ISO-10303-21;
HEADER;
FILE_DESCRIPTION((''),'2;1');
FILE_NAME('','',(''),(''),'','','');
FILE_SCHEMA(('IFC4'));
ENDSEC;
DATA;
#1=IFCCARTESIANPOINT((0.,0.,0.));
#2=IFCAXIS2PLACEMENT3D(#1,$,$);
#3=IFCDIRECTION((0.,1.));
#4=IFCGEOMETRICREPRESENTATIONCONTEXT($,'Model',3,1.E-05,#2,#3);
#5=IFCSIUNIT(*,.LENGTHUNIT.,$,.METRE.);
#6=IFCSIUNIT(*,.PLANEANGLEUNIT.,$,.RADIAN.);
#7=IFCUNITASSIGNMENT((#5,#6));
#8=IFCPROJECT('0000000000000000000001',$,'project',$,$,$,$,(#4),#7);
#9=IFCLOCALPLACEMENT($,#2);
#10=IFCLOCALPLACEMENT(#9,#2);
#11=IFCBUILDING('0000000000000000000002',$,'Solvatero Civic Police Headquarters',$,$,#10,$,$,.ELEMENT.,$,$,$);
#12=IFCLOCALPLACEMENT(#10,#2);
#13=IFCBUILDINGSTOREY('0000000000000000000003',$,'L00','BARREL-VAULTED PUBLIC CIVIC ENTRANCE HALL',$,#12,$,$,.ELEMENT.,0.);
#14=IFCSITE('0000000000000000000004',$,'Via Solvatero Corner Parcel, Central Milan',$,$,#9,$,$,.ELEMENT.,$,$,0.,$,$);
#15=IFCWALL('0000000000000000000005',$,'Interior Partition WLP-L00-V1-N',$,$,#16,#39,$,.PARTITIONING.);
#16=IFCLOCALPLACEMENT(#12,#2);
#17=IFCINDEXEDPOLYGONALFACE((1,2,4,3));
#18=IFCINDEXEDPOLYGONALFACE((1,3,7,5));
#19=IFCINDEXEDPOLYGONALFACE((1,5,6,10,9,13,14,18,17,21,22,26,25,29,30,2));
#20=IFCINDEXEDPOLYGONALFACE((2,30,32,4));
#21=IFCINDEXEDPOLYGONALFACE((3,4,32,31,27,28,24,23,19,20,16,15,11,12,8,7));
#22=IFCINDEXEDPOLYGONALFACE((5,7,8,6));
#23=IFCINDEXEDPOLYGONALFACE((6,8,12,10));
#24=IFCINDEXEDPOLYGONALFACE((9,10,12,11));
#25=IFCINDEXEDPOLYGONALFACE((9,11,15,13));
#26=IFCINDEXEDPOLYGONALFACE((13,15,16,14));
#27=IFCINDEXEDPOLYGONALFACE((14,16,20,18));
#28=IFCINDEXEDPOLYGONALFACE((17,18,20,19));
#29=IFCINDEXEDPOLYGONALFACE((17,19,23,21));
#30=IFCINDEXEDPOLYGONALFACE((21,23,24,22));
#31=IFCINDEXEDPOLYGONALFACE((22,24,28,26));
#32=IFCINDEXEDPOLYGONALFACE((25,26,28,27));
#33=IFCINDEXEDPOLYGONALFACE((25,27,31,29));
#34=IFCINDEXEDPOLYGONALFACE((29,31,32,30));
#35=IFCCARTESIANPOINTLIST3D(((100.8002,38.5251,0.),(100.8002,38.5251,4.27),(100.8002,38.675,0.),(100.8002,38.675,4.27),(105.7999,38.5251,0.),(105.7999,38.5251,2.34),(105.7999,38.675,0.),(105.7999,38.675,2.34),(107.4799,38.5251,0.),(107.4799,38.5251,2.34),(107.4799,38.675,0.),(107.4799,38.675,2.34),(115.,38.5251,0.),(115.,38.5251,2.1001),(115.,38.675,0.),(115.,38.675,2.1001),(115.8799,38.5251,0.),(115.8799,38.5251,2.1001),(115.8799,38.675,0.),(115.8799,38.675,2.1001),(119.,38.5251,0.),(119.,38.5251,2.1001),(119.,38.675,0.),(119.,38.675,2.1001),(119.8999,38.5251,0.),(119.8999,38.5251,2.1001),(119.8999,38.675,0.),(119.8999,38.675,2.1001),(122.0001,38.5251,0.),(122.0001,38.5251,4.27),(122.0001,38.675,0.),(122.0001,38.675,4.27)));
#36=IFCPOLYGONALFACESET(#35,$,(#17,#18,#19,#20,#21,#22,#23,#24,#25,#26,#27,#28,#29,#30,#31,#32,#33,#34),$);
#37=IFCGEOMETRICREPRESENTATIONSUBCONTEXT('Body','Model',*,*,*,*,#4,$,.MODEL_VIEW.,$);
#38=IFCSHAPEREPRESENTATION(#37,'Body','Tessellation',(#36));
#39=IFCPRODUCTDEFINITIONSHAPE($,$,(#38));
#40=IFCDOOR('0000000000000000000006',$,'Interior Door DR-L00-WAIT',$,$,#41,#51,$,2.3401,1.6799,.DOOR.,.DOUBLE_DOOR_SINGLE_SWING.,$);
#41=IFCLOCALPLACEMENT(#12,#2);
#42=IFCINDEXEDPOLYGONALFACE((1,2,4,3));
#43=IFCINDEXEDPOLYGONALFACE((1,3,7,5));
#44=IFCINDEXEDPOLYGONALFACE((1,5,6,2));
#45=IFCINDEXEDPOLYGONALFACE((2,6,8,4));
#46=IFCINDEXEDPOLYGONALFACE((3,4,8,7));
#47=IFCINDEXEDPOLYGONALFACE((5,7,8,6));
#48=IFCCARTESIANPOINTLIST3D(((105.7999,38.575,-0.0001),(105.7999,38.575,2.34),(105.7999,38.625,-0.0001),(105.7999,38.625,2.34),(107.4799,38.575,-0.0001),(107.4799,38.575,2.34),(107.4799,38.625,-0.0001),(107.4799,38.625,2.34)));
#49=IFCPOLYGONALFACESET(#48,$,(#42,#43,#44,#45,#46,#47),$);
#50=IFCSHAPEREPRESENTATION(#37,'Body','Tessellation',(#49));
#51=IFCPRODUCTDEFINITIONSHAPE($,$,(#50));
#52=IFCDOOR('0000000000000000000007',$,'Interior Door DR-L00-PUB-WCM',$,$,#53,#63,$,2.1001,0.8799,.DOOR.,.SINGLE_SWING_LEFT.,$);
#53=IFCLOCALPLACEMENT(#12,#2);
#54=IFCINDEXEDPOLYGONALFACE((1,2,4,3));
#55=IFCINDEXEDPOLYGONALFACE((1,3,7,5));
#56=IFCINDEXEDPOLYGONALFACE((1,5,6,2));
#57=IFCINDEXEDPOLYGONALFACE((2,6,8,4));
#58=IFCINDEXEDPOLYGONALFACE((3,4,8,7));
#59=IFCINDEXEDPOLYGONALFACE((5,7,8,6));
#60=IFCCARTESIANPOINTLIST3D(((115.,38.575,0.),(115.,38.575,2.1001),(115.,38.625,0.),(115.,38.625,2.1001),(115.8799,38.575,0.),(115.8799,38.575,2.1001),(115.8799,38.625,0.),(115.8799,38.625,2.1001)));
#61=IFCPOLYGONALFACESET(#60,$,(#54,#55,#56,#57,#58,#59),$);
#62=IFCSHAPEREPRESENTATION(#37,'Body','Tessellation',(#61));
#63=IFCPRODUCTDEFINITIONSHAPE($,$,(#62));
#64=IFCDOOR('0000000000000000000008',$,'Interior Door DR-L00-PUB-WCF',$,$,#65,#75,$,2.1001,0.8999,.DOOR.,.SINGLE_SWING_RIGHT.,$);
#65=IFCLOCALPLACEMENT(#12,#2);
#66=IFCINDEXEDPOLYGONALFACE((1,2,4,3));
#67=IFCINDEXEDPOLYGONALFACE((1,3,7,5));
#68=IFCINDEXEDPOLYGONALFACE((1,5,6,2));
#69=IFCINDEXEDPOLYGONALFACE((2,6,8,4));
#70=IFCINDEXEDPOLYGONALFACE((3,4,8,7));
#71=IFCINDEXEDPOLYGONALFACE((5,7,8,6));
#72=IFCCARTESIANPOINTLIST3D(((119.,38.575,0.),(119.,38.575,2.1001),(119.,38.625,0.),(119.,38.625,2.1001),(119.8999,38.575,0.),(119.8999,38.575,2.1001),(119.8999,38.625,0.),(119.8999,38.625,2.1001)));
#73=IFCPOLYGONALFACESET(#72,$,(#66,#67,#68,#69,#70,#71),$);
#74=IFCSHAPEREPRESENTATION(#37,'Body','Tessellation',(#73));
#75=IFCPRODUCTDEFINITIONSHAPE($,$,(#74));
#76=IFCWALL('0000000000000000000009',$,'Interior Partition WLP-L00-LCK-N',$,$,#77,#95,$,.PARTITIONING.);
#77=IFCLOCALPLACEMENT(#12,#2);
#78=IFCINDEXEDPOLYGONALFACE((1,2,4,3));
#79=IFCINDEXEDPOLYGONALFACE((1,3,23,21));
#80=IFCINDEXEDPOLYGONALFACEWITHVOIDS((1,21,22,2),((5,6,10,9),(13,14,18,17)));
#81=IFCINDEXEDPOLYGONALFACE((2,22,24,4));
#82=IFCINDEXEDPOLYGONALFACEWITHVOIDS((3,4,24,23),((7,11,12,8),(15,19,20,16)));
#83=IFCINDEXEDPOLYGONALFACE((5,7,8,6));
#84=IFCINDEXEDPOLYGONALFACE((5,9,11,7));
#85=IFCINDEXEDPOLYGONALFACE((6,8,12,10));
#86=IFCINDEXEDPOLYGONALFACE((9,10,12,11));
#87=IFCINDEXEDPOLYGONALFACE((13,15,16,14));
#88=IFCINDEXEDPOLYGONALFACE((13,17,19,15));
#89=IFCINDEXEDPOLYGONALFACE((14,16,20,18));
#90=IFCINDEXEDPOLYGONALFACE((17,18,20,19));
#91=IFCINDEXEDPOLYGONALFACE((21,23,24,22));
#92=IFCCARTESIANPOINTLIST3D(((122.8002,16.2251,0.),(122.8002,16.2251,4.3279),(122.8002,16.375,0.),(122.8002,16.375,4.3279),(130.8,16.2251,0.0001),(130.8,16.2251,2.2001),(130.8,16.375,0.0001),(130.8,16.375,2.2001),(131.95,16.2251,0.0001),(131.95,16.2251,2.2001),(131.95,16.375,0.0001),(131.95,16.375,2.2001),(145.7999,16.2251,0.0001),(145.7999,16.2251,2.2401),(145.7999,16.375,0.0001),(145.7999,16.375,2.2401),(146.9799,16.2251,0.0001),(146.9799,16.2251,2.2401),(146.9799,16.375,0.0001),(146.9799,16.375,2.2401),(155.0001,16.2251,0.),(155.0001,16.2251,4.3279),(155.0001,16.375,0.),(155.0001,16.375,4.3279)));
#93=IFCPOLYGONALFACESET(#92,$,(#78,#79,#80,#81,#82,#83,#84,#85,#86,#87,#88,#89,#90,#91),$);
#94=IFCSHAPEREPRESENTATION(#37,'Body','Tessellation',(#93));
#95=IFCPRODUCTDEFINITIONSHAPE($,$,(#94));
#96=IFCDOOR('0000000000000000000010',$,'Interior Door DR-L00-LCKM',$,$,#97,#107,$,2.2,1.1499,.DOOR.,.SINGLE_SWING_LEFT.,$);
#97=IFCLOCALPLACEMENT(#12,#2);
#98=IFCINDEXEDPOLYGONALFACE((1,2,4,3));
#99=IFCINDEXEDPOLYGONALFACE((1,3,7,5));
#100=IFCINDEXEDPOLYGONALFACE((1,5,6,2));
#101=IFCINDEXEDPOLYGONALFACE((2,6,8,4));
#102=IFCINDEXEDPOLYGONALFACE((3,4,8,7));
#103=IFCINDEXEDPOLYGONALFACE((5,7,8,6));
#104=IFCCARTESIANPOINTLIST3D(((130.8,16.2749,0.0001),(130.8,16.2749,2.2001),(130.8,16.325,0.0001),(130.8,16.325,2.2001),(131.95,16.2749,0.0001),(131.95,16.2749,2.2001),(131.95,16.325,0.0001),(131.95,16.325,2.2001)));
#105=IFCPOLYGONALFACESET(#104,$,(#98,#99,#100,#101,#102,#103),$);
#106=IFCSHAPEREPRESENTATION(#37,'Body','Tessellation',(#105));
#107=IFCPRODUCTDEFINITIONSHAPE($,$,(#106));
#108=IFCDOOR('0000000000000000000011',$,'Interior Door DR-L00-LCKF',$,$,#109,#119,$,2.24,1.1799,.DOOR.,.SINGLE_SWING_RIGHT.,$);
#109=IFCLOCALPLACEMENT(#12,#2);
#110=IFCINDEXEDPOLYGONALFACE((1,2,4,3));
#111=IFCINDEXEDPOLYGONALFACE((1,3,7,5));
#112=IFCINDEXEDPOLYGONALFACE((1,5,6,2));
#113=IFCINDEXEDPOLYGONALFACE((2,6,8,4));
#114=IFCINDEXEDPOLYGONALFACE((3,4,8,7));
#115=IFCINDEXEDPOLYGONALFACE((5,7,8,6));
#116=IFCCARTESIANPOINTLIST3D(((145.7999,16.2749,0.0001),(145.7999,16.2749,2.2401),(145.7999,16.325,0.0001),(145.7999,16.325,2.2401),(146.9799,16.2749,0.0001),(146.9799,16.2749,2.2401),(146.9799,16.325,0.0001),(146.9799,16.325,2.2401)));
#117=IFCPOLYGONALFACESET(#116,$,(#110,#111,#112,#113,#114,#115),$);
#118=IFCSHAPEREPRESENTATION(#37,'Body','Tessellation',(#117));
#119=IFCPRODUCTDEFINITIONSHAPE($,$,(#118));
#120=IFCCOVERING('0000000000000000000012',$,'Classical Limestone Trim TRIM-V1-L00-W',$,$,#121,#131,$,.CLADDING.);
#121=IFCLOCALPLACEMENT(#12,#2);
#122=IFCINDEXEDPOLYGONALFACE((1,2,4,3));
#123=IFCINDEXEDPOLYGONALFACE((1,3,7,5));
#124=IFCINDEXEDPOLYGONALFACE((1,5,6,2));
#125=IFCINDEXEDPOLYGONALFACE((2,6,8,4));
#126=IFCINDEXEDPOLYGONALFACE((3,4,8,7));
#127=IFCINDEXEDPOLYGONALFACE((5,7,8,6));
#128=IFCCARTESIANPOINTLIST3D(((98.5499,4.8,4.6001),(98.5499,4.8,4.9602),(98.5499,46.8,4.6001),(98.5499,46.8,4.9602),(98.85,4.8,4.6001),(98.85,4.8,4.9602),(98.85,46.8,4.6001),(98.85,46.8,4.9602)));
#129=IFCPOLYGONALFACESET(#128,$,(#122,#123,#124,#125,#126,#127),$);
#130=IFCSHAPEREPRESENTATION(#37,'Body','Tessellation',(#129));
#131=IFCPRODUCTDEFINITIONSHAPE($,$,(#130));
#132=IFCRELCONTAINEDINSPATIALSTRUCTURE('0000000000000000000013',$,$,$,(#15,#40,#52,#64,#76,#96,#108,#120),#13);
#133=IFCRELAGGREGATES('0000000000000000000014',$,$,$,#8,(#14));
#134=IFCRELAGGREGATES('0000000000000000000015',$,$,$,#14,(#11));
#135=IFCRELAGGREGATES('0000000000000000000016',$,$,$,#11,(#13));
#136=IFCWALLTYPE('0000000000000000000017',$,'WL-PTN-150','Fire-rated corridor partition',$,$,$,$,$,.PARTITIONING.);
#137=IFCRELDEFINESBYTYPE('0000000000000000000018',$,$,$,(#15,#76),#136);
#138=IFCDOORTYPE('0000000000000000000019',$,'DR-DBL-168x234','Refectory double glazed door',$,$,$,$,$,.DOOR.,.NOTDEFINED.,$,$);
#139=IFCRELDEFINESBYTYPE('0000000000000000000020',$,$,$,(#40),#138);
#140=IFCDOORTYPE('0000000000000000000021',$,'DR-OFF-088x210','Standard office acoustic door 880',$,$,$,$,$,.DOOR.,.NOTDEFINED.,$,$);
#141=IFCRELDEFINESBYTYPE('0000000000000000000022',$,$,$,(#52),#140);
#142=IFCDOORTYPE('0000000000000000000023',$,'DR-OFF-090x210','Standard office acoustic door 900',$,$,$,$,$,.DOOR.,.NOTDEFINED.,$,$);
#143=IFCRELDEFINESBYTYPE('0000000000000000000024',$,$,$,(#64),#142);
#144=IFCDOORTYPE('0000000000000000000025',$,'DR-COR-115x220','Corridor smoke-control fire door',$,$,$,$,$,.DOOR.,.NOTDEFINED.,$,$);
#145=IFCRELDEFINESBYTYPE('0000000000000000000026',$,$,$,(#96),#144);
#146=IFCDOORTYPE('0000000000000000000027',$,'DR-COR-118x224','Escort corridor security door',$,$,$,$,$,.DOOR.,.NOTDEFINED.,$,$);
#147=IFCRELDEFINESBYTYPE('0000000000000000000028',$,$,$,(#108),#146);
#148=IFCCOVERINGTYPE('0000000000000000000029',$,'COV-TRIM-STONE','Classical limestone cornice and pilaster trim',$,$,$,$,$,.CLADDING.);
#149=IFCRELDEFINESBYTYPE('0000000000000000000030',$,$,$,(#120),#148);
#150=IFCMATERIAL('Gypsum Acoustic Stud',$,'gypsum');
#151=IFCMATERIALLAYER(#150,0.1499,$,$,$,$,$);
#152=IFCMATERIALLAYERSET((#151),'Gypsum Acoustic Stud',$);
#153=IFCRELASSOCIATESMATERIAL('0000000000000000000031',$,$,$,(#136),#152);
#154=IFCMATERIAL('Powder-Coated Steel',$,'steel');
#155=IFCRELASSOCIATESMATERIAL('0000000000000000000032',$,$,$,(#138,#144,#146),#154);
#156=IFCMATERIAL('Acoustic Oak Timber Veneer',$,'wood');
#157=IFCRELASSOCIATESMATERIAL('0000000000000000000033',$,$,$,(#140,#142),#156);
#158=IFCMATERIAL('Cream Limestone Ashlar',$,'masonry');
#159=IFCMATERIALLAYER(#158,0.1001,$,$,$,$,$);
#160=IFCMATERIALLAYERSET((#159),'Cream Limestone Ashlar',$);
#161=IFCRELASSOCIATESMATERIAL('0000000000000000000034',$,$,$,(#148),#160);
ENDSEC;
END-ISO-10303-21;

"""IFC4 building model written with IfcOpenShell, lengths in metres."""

from ifc_helpers import new_model, si_unit, direction, frame, frame_2d, origin, origin_2d, place, context, subcontext, project, spatial, rectangle, extrude, material, layer, layer_set, type_object, element, fill, save


model = new_model("IFC4")

# Units and contexts
model_context = context("Model", 3, precision=1e-05, world=origin(), true_north=direction((0.0, 1.0)))
body_context = subcontext(model_context, "Body", "Model", "MODEL_VIEW")
ifc_project = project(units=[si_unit("LENGTHUNIT", "METRE"), si_unit("PLANEANGLEUNIT", "RADIAN")], contexts=[model_context])

# Site, building, storey
site_placement = place(None, origin())
site = spatial("IfcSite", under=ifc_project, at=site_placement, Name="Via Solvatero Corner Parcel, Central Milan", CompositionType="ELEMENT", RefElevation=0.0)
building_placement = place(site_placement, origin())
building = spatial("IfcBuilding", under=site, at=building_placement, Name="Solvatero Civic Police Headquarters", CompositionType="ELEMENT")
storey_placement = place(building_placement, origin())
storey = spatial("IfcBuildingStorey", under=building, at=storey_placement, Name="L00", Description="BARREL-VAULTED PUBLIC CIVIC ENTRANCE HALL", CompositionType="ELEMENT", Elevation=0.0)

# Walls, openings, doors
ifc_material_1 = material(Name="Gypsum Acoustic Stud", Category="gypsum")
ifc_layer_1 = layer(ifc_material_1, 0.1499)
ifc_layer_set_1 = layer_set([ifc_layer_1], Name="Gypsum Acoustic Stud")
wall_type = type_object("IfcWallType", Name="WL-PTN-150", Description="Fire-rated corridor partition", PredefinedType="PARTITIONING", material=ifc_layer_set_1)
wall_1_placement = place(storey_placement, frame((100.8, 38.6001, 0.0), z_axis=(0.0, 0.0, 1.0), x_axis=(1.0, 0.0, 0.0)))
wall_1 = element("IfcWall", 1, at=wall_1_placement, inside=storey, type_object=wall_type, Name="Interior Partition WLP-L00-V1-N", PredefinedType="PARTITIONING", context=body_context, shape_type="SweptSolid", body=[
    extrude(rectangle(XDim=21.2, YDim=0.1499, at=frame_2d((10.6001, 0.0))), origin(), (0.0, 0.0, 1.0), 4.27),
])
opening_1_placement = place(wall_1_placement, frame((5.0, 0.0, 0.0)))
opening_1 = element("IfcOpeningElement", 2, at=opening_1_placement, cuts=wall_1, PredefinedType="OPENING", context=body_context, shape_type="SweptSolid", body=[
    extrude(rectangle(XDim=1.6799, YDim=2.3401, at=frame_2d((0.8398, 1.1699))), frame((0.0, 0.085, 0.0), z_axis=(0.0, -1.0, 0.0), x_axis=(1.0, 0.0, 0.0)), (0.0, 0.0, 1.0), 0.1699),
])
opening_2_placement = place(wall_1_placement, frame((14.2, 0.0, 0.0)))
opening_2 = element("IfcOpeningElement", 3, at=opening_2_placement, cuts=wall_1, PredefinedType="OPENING", context=body_context, shape_type="SweptSolid", body=[
    extrude(rectangle(XDim=0.8799, YDim=2.1001, at=frame_2d((0.4399, 1.05))), frame((0.0, 0.085, 0.0), z_axis=(0.0, -1.0, 0.0), x_axis=(1.0, 0.0, 0.0)), (0.0, 0.0, 1.0), 0.1699),
])
opening_3_placement = place(wall_1_placement, frame((18.2, 0.0, 0.0)))
opening_3 = element("IfcOpeningElement", 4, at=opening_3_placement, cuts=wall_1, PredefinedType="OPENING", context=body_context, shape_type="SweptSolid", body=[
    extrude(rectangle(XDim=0.8999, YDim=2.1001, at=frame_2d((0.45, 1.05))), frame((0.0, 0.085, 0.0), z_axis=(0.0, -1.0, 0.0), x_axis=(1.0, 0.0, 0.0)), (0.0, 0.0, 1.0), 0.1699),
])
ifc_material_2 = material(Name="Powder-Coated Steel", Category="steel")
door_type_1 = type_object("IfcDoorType", Name="DR-DBL-168x234", Description="Refectory double glazed door", OperationType="NOTDEFINED", PredefinedType="DOOR", material=ifc_material_2)
door_1_placement = place(opening_1_placement, origin())
door_1 = element("IfcDoor", 5, at=door_1_placement, inside=storey, type_object=door_type_1, Name="Interior Door DR-L00-WAIT", OperationType="DOUBLE_DOOR_SINGLE_SWING", OverallHeight=2.3401, OverallWidth=1.6799, PredefinedType="DOOR", context=body_context, shape_type="SweptSolid", body=[
    extrude(rectangle(XDim=1.6799, YDim=2.3401, at=frame_2d((0.8398, 1.1699))), frame((0.0, 0.0249, 0.0), z_axis=(0.0, -1.0, 0.0), x_axis=(1.0, 0.0, 0.0)), (0.0, 0.0, 1.0), 0.05),
])
fill(opening_1, door_1)
ifc_material_3 = material(Name="Acoustic Oak Timber Veneer", Category="wood")
door_type_2 = type_object("IfcDoorType", Name="DR-OFF-088x210", Description="Standard office acoustic door 880", OperationType="NOTDEFINED", PredefinedType="DOOR", material=ifc_material_3)
door_2_placement = place(opening_2_placement, origin())
door_2 = element("IfcDoor", 6, at=door_2_placement, inside=storey, type_object=door_type_2, Name="Interior Door DR-L00-PUB-WCM", OperationType="SINGLE_SWING_LEFT", OverallHeight=2.1001, OverallWidth=0.8799, PredefinedType="DOOR", context=body_context, shape_type="SweptSolid", body=[
    extrude(rectangle(XDim=0.8799, YDim=2.1001, at=frame_2d((0.4399, 1.05))), frame((0.0, 0.0249, 0.0), z_axis=(0.0, -1.0, 0.0), x_axis=(1.0, 0.0, 0.0)), (0.0, 0.0, 1.0), 0.05),
])
fill(opening_2, door_2)
door_type_3 = type_object("IfcDoorType", Name="DR-OFF-090x210", Description="Standard office acoustic door 900", OperationType="NOTDEFINED", PredefinedType="DOOR", material=ifc_material_3)
door_3_placement = place(opening_3_placement, origin())
door_3 = element("IfcDoor", 7, at=door_3_placement, inside=storey, type_object=door_type_3, Name="Interior Door DR-L00-PUB-WCF", OperationType="SINGLE_SWING_RIGHT", OverallHeight=2.1001, OverallWidth=0.8999, PredefinedType="DOOR", context=body_context, shape_type="SweptSolid", body=[
    extrude(rectangle(XDim=0.8999, YDim=2.1001, at=frame_2d((0.45, 1.05))), frame((0.0, 0.0249, 0.0), z_axis=(0.0, -1.0, 0.0), x_axis=(1.0, 0.0, 0.0)), (0.0, 0.0, 1.0), 0.05),
])
fill(opening_3, door_3)
wall_2_placement = place(storey_placement, frame((122.8, 16.3, 0.0), z_axis=(0.0, 0.0, 1.0), x_axis=(1.0, 0.0, 0.0)))
wall_2 = element("IfcWall", 8, at=wall_2_placement, inside=storey, type_object=wall_type, Name="Interior Partition WLP-L00-LCK-N", PredefinedType="PARTITIONING", context=body_context, shape_type="SweptSolid", body=[
    extrude(rectangle(XDim=32.2, YDim=0.1499, at=frame_2d((16.1001, 0.0))), origin(), (0.0, 0.0, 1.0), 4.3279),
])
opening_4_placement = place(wall_2_placement, frame((8.0, 0.0, 0.0)))
opening_4 = element("IfcOpeningElement", 9, at=opening_4_placement, cuts=wall_2, PredefinedType="OPENING", context=body_context, shape_type="SweptSolid", body=[
    extrude(rectangle(XDim=1.1499, YDim=2.2, at=frame_2d((0.575, 1.1001))), frame((0.0, 0.085, 0.0), z_axis=(0.0, -1.0, 0.0), x_axis=(1.0, 0.0, 0.0)), (0.0, 0.0, 1.0), 0.1699),
])
opening_5_placement = place(wall_2_placement, frame((23.0, 0.0, 0.0)))
opening_5 = element("IfcOpeningElement", 10, at=opening_5_placement, cuts=wall_2, PredefinedType="OPENING", context=body_context, shape_type="SweptSolid", body=[
    extrude(rectangle(XDim=1.1799, YDim=2.24, at=frame_2d((0.5898, 1.1201))), frame((0.0, 0.085, 0.0), z_axis=(0.0, -1.0, 0.0), x_axis=(1.0, 0.0, 0.0)), (0.0, 0.0, 1.0), 0.1699),
])
door_type_4 = type_object("IfcDoorType", Name="DR-COR-115x220", Description="Corridor smoke-control fire door", OperationType="NOTDEFINED", PredefinedType="DOOR", material=ifc_material_2)
door_4_placement = place(opening_4_placement, origin())
door_4 = element("IfcDoor", 11, at=door_4_placement, inside=storey, type_object=door_type_4, Name="Interior Door DR-L00-LCKM", OperationType="SINGLE_SWING_LEFT", OverallHeight=2.2, OverallWidth=1.1499, PredefinedType="DOOR", context=body_context, shape_type="SweptSolid", body=[
    extrude(rectangle(XDim=1.1499, YDim=2.2, at=frame_2d((0.575, 1.1001))), frame((0.0, 0.0249, 0.0), z_axis=(0.0, -1.0, 0.0), x_axis=(1.0, 0.0, 0.0)), (0.0, 0.0, 1.0), 0.05),
])
fill(opening_4, door_4)
door_type_5 = type_object("IfcDoorType", Name="DR-COR-118x224", Description="Escort corridor security door", OperationType="NOTDEFINED", PredefinedType="DOOR", material=ifc_material_2)
door_5_placement = place(opening_5_placement, origin())
door_5 = element("IfcDoor", 12, at=door_5_placement, inside=storey, type_object=door_type_5, Name="Interior Door DR-L00-LCKF", OperationType="SINGLE_SWING_RIGHT", OverallHeight=2.24, OverallWidth=1.1799, PredefinedType="DOOR", context=body_context, shape_type="SweptSolid", body=[
    extrude(rectangle(XDim=1.1799, YDim=2.24, at=frame_2d((0.5898, 1.1201))), frame((0.0, 0.0249, 0.0), z_axis=(0.0, -1.0, 0.0), x_axis=(1.0, 0.0, 0.0)), (0.0, 0.0, 1.0), 0.05),
])
fill(opening_5, door_5)

# Covering
ifc_material_4 = material(Name="Cream Limestone Ashlar", Category="masonry")
ifc_layer_2 = layer(ifc_material_4, 0.1001)
ifc_layer_set_2 = layer_set([ifc_layer_2], Name="Cream Limestone Ashlar")
covering_type = type_object("IfcCoveringType", Name="COV-TRIM-STONE", Description="Classical limestone cornice and pilaster trim", PredefinedType="CLADDING", material=ifc_layer_set_2)
covering_placement = place(storey_placement, frame((98.7, 25.8, 4.6001), z_axis=(0.0, 0.0, 1.0), x_axis=(1.0, 0.0, 0.0)))
element("IfcCovering", 13, at=covering_placement, inside=storey, type_object=covering_type, Name="Classical Limestone Trim TRIM-V1-L00-W", PredefinedType="CLADDING", context=body_context, shape_type="SweptSolid", body=[
    extrude(rectangle(XDim=0.3, YDim=42.0, at=origin_2d()), origin(), (0.0, 0.0, 1.0), 0.3601),
])

save(model, "model.ifc")
